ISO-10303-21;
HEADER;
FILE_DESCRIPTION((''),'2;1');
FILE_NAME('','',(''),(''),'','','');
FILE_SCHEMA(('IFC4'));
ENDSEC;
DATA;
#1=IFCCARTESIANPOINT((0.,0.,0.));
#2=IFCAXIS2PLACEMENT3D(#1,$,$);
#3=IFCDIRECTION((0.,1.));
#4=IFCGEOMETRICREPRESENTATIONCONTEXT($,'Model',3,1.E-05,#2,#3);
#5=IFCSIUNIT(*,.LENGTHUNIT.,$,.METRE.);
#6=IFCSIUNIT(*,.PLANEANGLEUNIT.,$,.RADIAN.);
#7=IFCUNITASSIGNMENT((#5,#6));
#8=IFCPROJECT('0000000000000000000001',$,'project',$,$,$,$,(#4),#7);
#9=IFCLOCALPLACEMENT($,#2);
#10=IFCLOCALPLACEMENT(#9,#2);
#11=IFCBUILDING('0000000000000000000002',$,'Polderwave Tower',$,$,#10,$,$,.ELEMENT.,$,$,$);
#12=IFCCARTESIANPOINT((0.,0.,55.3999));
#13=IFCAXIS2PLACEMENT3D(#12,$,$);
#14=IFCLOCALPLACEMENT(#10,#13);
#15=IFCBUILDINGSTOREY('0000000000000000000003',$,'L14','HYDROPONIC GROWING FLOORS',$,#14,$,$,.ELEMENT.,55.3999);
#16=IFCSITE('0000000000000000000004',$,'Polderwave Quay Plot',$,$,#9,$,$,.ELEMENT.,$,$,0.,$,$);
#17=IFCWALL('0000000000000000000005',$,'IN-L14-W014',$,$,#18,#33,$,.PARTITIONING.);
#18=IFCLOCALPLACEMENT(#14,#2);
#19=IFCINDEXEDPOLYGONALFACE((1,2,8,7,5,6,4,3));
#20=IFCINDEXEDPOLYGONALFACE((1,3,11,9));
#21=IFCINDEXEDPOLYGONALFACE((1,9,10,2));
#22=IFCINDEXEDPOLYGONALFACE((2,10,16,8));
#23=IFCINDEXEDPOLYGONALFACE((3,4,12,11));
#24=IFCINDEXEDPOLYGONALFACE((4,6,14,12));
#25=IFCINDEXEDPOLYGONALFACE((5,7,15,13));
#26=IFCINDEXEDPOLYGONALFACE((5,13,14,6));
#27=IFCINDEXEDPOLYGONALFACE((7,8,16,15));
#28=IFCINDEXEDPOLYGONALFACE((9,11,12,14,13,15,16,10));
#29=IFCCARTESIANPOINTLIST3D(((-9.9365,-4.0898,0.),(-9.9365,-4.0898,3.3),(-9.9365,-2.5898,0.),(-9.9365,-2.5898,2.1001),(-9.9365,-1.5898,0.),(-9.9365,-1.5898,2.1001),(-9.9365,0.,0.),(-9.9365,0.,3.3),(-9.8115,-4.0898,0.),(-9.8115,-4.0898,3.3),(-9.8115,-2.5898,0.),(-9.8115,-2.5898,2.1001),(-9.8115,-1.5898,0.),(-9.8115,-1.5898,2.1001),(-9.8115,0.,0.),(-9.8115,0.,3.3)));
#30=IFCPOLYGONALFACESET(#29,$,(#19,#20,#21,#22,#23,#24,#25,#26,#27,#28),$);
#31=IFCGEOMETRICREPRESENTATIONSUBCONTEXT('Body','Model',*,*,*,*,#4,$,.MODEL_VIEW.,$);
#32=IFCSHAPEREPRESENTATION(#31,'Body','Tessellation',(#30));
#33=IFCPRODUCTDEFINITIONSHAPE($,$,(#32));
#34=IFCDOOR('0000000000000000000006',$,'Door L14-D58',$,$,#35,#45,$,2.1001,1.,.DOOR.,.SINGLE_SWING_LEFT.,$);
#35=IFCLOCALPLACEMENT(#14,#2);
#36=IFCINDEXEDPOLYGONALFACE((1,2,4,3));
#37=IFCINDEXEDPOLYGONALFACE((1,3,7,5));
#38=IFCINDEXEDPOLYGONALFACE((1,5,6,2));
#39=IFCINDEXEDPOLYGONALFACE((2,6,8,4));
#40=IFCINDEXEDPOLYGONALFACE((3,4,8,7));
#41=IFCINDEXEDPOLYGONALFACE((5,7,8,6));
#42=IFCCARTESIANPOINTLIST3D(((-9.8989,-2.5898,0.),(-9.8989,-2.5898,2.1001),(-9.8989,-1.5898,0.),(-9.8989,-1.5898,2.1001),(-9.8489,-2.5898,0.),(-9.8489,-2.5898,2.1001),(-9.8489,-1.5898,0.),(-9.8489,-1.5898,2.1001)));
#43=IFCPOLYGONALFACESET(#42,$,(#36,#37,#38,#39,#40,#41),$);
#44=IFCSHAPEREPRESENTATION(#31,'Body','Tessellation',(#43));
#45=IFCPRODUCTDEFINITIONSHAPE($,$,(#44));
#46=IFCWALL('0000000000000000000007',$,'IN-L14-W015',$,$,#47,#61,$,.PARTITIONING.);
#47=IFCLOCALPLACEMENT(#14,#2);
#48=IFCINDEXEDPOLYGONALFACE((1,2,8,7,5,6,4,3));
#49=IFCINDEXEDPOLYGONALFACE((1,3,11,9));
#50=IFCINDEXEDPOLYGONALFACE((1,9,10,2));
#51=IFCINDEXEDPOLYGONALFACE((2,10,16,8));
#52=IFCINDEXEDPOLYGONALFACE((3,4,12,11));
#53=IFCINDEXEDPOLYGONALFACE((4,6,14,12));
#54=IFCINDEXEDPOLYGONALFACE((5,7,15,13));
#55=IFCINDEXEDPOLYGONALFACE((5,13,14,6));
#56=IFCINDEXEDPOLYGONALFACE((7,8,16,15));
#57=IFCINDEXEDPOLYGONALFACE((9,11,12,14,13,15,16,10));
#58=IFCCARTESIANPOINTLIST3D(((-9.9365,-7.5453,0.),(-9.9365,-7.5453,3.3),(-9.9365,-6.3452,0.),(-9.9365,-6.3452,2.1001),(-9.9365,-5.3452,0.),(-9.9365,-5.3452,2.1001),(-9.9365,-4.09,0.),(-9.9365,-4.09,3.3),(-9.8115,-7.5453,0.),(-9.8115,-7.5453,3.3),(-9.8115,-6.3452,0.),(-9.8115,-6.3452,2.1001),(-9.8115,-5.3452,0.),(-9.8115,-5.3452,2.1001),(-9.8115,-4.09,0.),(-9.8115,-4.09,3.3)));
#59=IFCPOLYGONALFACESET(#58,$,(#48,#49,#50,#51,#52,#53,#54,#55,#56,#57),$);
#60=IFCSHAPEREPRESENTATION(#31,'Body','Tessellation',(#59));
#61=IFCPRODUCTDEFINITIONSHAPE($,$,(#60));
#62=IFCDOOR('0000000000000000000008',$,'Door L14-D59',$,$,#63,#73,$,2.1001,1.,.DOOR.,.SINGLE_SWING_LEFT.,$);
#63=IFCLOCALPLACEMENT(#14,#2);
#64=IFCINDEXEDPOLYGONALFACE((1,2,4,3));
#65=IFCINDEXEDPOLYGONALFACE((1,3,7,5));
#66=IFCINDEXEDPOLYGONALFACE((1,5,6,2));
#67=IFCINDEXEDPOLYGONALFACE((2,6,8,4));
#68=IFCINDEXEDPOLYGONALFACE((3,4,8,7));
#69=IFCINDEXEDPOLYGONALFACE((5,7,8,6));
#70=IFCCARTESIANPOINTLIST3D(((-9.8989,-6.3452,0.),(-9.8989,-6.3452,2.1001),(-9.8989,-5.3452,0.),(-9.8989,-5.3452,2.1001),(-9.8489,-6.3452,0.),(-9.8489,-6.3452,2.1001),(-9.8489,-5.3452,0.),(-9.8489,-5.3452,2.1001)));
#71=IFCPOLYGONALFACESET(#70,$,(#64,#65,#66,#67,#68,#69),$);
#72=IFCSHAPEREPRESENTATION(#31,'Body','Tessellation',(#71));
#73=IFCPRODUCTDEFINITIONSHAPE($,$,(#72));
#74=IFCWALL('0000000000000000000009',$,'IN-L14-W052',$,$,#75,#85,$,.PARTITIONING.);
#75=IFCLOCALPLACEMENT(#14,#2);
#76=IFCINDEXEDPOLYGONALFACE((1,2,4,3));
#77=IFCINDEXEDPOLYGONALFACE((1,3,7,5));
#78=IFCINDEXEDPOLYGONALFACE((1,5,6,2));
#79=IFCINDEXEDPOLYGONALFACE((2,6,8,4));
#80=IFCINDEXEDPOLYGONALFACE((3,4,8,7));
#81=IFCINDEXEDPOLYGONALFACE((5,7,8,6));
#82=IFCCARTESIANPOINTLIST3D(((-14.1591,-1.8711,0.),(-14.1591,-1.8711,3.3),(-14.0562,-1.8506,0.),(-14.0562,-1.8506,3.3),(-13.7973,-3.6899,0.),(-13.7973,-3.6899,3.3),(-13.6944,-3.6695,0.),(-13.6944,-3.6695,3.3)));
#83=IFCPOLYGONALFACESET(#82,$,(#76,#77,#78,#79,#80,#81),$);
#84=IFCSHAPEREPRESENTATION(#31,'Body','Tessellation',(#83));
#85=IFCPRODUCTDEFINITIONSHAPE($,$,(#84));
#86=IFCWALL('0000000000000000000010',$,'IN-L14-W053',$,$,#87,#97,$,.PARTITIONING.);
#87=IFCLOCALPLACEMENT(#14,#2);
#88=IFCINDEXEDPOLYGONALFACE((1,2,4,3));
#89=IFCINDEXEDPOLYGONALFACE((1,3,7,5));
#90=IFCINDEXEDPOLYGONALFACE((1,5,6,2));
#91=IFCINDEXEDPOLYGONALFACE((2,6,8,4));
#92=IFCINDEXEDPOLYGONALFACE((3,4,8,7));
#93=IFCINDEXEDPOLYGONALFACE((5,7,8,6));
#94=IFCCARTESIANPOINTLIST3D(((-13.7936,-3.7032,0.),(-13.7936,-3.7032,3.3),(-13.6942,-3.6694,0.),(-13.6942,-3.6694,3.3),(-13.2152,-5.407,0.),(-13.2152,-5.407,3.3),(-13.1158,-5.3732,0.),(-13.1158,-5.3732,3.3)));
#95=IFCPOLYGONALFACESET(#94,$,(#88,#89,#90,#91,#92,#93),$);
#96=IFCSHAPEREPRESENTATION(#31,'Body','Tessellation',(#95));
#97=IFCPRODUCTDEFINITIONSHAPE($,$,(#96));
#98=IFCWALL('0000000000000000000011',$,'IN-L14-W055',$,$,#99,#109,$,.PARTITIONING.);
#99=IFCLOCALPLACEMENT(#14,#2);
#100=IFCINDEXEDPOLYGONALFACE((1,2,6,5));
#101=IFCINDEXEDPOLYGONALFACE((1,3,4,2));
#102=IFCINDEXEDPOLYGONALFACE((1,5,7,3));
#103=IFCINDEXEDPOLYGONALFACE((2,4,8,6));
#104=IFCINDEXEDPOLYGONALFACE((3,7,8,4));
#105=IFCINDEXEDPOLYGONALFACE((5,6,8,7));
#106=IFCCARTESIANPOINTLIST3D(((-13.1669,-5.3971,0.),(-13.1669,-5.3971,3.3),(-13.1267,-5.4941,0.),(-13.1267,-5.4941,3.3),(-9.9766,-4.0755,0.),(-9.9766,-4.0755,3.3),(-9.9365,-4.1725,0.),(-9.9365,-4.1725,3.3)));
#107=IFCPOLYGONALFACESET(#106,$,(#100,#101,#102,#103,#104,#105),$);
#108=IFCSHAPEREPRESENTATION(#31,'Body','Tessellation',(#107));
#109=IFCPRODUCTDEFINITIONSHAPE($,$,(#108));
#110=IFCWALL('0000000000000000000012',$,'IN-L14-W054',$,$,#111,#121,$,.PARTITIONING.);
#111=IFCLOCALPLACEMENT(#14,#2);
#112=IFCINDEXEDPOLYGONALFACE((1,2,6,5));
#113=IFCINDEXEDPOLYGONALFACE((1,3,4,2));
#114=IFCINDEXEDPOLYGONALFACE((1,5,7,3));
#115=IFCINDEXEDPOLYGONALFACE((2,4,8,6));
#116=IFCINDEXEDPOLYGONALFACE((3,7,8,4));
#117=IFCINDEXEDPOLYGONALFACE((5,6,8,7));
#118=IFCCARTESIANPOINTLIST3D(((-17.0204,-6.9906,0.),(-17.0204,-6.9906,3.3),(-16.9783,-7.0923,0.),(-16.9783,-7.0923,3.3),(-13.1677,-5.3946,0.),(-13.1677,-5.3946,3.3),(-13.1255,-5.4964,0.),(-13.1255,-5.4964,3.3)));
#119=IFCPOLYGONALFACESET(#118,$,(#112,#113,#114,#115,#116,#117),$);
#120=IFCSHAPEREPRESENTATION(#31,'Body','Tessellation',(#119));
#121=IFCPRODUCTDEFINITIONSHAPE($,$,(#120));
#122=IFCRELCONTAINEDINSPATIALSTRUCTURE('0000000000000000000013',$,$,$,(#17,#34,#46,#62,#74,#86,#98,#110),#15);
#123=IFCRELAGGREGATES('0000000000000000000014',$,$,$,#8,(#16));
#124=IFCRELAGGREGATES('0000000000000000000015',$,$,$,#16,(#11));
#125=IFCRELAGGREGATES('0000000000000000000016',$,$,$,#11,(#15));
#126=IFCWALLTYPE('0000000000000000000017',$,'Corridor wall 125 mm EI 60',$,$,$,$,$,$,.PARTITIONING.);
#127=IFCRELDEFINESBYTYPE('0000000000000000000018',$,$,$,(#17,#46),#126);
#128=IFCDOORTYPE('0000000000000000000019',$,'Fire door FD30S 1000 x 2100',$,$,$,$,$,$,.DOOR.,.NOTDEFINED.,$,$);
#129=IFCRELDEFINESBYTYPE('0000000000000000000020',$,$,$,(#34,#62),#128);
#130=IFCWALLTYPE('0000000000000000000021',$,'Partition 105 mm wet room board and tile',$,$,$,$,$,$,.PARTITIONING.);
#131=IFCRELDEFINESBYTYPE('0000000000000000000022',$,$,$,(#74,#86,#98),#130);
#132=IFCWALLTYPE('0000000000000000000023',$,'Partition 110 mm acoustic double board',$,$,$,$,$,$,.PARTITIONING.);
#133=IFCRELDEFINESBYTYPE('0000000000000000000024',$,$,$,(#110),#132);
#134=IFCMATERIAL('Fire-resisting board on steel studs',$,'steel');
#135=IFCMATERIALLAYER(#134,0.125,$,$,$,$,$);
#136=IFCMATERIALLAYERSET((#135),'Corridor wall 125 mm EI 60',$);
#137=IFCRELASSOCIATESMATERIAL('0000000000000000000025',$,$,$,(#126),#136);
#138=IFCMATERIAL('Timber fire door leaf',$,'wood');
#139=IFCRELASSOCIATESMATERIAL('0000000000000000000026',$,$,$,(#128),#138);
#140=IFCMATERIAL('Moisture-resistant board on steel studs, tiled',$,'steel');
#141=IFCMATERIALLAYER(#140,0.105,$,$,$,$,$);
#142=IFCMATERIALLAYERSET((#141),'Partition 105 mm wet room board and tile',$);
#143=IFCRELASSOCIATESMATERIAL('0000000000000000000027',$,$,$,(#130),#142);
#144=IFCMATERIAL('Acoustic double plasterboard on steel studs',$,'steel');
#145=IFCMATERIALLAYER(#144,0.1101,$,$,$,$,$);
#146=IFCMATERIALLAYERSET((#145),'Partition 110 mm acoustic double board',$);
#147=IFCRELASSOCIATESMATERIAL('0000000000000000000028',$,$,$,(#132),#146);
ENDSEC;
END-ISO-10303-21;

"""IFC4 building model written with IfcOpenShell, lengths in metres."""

from ifc_helpers import new_model, si_unit, direction, frame, frame_2d, origin, place, context, subcontext, project, spatial, rectangle, extrude, material, layer, layer_set, type_object, element, fill, save


model = new_model("IFC4")

# Units and contexts
model_context = context("Model", 3, precision=1e-05, world=origin(), true_north=direction((0.0, 1.0)))
body_context = subcontext(model_context, "Body", "Model", "MODEL_VIEW")
ifc_project = project(units=[si_unit("LENGTHUNIT", "METRE"), si_unit("PLANEANGLEUNIT", "RADIAN")], contexts=[model_context])

# Site, building, storey
site_placement = place(None, origin())
site = spatial("IfcSite", under=ifc_project, at=site_placement, Name="Polderwave Quay Plot", CompositionType="ELEMENT", RefElevation=0.0)
building_placement = place(site_placement, origin())
building = spatial("IfcBuilding", under=site, at=building_placement, Name="Polderwave Tower", CompositionType="ELEMENT")
storey_placement = place(building_placement, frame((0.0, 0.0, 55.3999)))
storey = spatial("IfcBuildingStorey", under=building, at=storey_placement, Name="L14", Description="HYDROPONIC GROWING FLOORS", CompositionType="ELEMENT", Elevation=55.3999)

# Walls, openings, doors
ifc_material_1 = material(Name="Fire-resisting board on steel studs", Category="steel")
ifc_layer_1 = layer(ifc_material_1, 0.125)
ifc_layer_set_1 = layer_set([ifc_layer_1], Name="Corridor wall 125 mm EI 60")
wall_type_1 = type_object("IfcWallType", Name="Corridor wall 125 mm EI 60", PredefinedType="PARTITIONING", material=ifc_layer_set_1)
wall_1_placement = place(storey_placement, frame((-9.874, -4.0898, 0.0), z_axis=(0.0, 0.0, 1.0), x_axis=(0.0, 1.0, 0.0)))
wall_1 = element("IfcWall", 1, at=wall_1_placement, inside=storey, type_object=wall_type_1, Name="IN-L14-W014", PredefinedType="PARTITIONING", context=body_context, shape_type="SweptSolid", body=[
    extrude(rectangle(XDim=4.0898, YDim=0.125, at=frame_2d((2.0449, 0.0))), origin(), (0.0, 0.0, 1.0), 3.3),
])
opening_1_placement = place(wall_1_placement, frame((1.5, 0.0, 0.0)))
opening_1 = element("IfcOpeningElement", 2, at=opening_1_placement, cuts=wall_1, PredefinedType="OPENING", context=body_context, shape_type="SweptSolid", body=[
    extrude(rectangle(XDim=1.0, YDim=2.1001, at=frame_2d((0.5, 1.05))), frame((0.0, 0.0725, 0.0), z_axis=(0.0, -1.0, 0.0), x_axis=(1.0, 0.0, 0.0)), (0.0, 0.0, 1.0), 0.145),
])
ifc_material_2 = material(Name="Timber fire door leaf", Category="wood")
door_type = type_object("IfcDoorType", Name="Fire door FD30S 1000 x 2100", OperationType="NOTDEFINED", PredefinedType="DOOR", material=ifc_material_2)
door_1_placement = place(opening_1_placement, origin())
door_1 = element("IfcDoor", 3, at=door_1_placement, inside=storey, type_object=door_type, Name="Door L14-D58", OperationType="SINGLE_SWING_LEFT", OverallHeight=2.1001, OverallWidth=1.0, PredefinedType="DOOR", context=body_context, shape_type="SweptSolid", body=[
    extrude(rectangle(XDim=1.0, YDim=2.1001, at=frame_2d((0.5, 1.05))), frame((0.0, 0.0249, 0.0), z_axis=(0.0, -1.0, 0.0), x_axis=(1.0, 0.0, 0.0)), (0.0, 0.0, 1.0), 0.05),
])
fill(opening_1, door_1)
wall_2_placement = place(storey_placement, frame((-9.874, -7.5452, 0.0), z_axis=(0.0, 0.0, 1.0), x_axis=(0.0, 1.0, 0.0)))
wall_2 = element("IfcWall", 4, at=wall_2_placement, inside=storey, type_object=wall_type_1, Name="IN-L14-W015", PredefinedType="PARTITIONING", context=body_context, shape_type="SweptSolid", body=[
    extrude(rectangle(XDim=3.4553, YDim=0.125, at=frame_2d((1.7275, 0.0))), origin(), (0.0, 0.0, 1.0), 3.3),
])
opening_2_placement = place(wall_2_placement, frame((1.2, 0.0, 0.0)))
opening_2 = element("IfcOpeningElement", 5, at=opening_2_placement, cuts=wall_2, PredefinedType="OPENING", context=body_context, shape_type="SweptSolid", body=[
    extrude(rectangle(XDim=1.0, YDim=2.1001, at=frame_2d((0.5, 1.05))), frame((0.0, 0.0725, 0.0), z_axis=(0.0, -1.0, 0.0), x_axis=(1.0, 0.0, 0.0)), (0.0, 0.0, 1.0), 0.145),
])
door_2_placement = place(opening_2_placement, origin())
door_2 = element("IfcDoor", 6, at=door_2_placement, inside=storey, type_object=door_type, Name="Door L14-D59", OperationType="SINGLE_SWING_LEFT", OverallHeight=2.1001, OverallWidth=1.0, PredefinedType="DOOR", context=body_context, shape_type="SweptSolid", body=[
    extrude(rectangle(XDim=1.0, YDim=2.1001, at=frame_2d((0.5, 1.05))), frame((0.0, 0.0249, 0.0), z_axis=(0.0, -1.0, 0.0), x_axis=(1.0, 0.0, 0.0)), (0.0, 0.0, 1.0), 0.05),
])
fill(opening_2, door_2)

# Walls
ifc_material_3 = material(Name="Moisture-resistant board on steel studs, tiled", Category="steel")
ifc_layer_2 = layer(ifc_material_3, 0.105)
ifc_layer_set_2 = layer_set([ifc_layer_2], Name="Partition 105 mm wet room board and tile")
wall_type_2 = type_object("IfcWallType", Name="Partition 105 mm wet room board and tile", PredefinedType="PARTITIONING", material=ifc_layer_set_2)
wall_3_placement = place(storey_placement, frame((-14.1077, -1.8608, 0.0), z_axis=(0.0, 0.0, 1.0), x_axis=(0.195103, -0.980783, 0.0)))
element("IfcWall", 7, at=wall_3_placement, inside=storey, type_object=wall_type_2, Name="IN-L14-W052", PredefinedType="PARTITIONING", context=body_context, shape_type="SweptSolid", body=[
    extrude(rectangle(XDim=1.8545, YDim=0.105, at=frame_2d((0.9272, 0.0))), origin(), (0.0, 0.0, 1.0), 3.3),
])
wall_4_placement = place(storey_placement, frame((-13.7439, -3.6863, 0.0), z_axis=(0.0, 0.0, 1.0), x_axis=(0.321433, -0.946932, 0.0)))
element("IfcWall", 8, at=wall_4_placement, inside=storey, type_object=wall_type_2, Name="IN-L14-W053", PredefinedType="PARTITIONING", context=body_context, shape_type="SweptSolid", body=[
    extrude(rectangle(XDim=1.7993, YDim=0.105, at=frame_2d((0.8997, 0.0))), origin(), (0.0, 0.0, 1.0), 3.3),
])
wall_5_placement = place(storey_placement, frame((-9.9565, -4.124, 0.0), z_axis=(0.0, 0.0, 1.0), x_axis=(-0.923868, -0.382712, 0.0)))
element("IfcWall", 9, at=wall_5_placement, inside=storey, type_object=wall_type_2, Name="IN-L14-W055", PredefinedType="PARTITIONING", context=body_context, shape_type="SweptSolid", body=[
    extrude(rectangle(XDim=3.4531, YDim=0.105, at=frame_2d((1.7266, 0.0))), origin(), (0.0, 0.0, 1.0), 3.3),
])
ifc_material_4 = material(Name="Acoustic double plasterboard on steel studs", Category="steel")
ifc_layer_3 = layer(ifc_material_4, 0.1101)
ifc_layer_set_3 = layer_set([ifc_layer_3], Name="Partition 110 mm acoustic double board")
wall_type_3 = type_object("IfcWallType", Name="Partition 110 mm acoustic double board", PredefinedType="PARTITIONING", material=ifc_layer_set_3)
wall_6_placement = place(storey_placement, frame((-13.1467, -5.4456, 0.0), z_axis=(0.0, 0.0, 1.0), x_axis=(-0.923873, -0.382698, 0.0)))
element("IfcWall", 10, at=wall_6_placement, inside=storey, type_object=wall_type_3, Name="IN-L14-W054", PredefinedType="PARTITIONING", context=body_context, shape_type="SweptSolid", body=[
    extrude(rectangle(XDim=4.1702, YDim=0.1101, at=frame_2d((2.085, 0.0))), origin(), (0.0, 0.0, 1.0), 3.3),
])

save(model, "model.ifc")
